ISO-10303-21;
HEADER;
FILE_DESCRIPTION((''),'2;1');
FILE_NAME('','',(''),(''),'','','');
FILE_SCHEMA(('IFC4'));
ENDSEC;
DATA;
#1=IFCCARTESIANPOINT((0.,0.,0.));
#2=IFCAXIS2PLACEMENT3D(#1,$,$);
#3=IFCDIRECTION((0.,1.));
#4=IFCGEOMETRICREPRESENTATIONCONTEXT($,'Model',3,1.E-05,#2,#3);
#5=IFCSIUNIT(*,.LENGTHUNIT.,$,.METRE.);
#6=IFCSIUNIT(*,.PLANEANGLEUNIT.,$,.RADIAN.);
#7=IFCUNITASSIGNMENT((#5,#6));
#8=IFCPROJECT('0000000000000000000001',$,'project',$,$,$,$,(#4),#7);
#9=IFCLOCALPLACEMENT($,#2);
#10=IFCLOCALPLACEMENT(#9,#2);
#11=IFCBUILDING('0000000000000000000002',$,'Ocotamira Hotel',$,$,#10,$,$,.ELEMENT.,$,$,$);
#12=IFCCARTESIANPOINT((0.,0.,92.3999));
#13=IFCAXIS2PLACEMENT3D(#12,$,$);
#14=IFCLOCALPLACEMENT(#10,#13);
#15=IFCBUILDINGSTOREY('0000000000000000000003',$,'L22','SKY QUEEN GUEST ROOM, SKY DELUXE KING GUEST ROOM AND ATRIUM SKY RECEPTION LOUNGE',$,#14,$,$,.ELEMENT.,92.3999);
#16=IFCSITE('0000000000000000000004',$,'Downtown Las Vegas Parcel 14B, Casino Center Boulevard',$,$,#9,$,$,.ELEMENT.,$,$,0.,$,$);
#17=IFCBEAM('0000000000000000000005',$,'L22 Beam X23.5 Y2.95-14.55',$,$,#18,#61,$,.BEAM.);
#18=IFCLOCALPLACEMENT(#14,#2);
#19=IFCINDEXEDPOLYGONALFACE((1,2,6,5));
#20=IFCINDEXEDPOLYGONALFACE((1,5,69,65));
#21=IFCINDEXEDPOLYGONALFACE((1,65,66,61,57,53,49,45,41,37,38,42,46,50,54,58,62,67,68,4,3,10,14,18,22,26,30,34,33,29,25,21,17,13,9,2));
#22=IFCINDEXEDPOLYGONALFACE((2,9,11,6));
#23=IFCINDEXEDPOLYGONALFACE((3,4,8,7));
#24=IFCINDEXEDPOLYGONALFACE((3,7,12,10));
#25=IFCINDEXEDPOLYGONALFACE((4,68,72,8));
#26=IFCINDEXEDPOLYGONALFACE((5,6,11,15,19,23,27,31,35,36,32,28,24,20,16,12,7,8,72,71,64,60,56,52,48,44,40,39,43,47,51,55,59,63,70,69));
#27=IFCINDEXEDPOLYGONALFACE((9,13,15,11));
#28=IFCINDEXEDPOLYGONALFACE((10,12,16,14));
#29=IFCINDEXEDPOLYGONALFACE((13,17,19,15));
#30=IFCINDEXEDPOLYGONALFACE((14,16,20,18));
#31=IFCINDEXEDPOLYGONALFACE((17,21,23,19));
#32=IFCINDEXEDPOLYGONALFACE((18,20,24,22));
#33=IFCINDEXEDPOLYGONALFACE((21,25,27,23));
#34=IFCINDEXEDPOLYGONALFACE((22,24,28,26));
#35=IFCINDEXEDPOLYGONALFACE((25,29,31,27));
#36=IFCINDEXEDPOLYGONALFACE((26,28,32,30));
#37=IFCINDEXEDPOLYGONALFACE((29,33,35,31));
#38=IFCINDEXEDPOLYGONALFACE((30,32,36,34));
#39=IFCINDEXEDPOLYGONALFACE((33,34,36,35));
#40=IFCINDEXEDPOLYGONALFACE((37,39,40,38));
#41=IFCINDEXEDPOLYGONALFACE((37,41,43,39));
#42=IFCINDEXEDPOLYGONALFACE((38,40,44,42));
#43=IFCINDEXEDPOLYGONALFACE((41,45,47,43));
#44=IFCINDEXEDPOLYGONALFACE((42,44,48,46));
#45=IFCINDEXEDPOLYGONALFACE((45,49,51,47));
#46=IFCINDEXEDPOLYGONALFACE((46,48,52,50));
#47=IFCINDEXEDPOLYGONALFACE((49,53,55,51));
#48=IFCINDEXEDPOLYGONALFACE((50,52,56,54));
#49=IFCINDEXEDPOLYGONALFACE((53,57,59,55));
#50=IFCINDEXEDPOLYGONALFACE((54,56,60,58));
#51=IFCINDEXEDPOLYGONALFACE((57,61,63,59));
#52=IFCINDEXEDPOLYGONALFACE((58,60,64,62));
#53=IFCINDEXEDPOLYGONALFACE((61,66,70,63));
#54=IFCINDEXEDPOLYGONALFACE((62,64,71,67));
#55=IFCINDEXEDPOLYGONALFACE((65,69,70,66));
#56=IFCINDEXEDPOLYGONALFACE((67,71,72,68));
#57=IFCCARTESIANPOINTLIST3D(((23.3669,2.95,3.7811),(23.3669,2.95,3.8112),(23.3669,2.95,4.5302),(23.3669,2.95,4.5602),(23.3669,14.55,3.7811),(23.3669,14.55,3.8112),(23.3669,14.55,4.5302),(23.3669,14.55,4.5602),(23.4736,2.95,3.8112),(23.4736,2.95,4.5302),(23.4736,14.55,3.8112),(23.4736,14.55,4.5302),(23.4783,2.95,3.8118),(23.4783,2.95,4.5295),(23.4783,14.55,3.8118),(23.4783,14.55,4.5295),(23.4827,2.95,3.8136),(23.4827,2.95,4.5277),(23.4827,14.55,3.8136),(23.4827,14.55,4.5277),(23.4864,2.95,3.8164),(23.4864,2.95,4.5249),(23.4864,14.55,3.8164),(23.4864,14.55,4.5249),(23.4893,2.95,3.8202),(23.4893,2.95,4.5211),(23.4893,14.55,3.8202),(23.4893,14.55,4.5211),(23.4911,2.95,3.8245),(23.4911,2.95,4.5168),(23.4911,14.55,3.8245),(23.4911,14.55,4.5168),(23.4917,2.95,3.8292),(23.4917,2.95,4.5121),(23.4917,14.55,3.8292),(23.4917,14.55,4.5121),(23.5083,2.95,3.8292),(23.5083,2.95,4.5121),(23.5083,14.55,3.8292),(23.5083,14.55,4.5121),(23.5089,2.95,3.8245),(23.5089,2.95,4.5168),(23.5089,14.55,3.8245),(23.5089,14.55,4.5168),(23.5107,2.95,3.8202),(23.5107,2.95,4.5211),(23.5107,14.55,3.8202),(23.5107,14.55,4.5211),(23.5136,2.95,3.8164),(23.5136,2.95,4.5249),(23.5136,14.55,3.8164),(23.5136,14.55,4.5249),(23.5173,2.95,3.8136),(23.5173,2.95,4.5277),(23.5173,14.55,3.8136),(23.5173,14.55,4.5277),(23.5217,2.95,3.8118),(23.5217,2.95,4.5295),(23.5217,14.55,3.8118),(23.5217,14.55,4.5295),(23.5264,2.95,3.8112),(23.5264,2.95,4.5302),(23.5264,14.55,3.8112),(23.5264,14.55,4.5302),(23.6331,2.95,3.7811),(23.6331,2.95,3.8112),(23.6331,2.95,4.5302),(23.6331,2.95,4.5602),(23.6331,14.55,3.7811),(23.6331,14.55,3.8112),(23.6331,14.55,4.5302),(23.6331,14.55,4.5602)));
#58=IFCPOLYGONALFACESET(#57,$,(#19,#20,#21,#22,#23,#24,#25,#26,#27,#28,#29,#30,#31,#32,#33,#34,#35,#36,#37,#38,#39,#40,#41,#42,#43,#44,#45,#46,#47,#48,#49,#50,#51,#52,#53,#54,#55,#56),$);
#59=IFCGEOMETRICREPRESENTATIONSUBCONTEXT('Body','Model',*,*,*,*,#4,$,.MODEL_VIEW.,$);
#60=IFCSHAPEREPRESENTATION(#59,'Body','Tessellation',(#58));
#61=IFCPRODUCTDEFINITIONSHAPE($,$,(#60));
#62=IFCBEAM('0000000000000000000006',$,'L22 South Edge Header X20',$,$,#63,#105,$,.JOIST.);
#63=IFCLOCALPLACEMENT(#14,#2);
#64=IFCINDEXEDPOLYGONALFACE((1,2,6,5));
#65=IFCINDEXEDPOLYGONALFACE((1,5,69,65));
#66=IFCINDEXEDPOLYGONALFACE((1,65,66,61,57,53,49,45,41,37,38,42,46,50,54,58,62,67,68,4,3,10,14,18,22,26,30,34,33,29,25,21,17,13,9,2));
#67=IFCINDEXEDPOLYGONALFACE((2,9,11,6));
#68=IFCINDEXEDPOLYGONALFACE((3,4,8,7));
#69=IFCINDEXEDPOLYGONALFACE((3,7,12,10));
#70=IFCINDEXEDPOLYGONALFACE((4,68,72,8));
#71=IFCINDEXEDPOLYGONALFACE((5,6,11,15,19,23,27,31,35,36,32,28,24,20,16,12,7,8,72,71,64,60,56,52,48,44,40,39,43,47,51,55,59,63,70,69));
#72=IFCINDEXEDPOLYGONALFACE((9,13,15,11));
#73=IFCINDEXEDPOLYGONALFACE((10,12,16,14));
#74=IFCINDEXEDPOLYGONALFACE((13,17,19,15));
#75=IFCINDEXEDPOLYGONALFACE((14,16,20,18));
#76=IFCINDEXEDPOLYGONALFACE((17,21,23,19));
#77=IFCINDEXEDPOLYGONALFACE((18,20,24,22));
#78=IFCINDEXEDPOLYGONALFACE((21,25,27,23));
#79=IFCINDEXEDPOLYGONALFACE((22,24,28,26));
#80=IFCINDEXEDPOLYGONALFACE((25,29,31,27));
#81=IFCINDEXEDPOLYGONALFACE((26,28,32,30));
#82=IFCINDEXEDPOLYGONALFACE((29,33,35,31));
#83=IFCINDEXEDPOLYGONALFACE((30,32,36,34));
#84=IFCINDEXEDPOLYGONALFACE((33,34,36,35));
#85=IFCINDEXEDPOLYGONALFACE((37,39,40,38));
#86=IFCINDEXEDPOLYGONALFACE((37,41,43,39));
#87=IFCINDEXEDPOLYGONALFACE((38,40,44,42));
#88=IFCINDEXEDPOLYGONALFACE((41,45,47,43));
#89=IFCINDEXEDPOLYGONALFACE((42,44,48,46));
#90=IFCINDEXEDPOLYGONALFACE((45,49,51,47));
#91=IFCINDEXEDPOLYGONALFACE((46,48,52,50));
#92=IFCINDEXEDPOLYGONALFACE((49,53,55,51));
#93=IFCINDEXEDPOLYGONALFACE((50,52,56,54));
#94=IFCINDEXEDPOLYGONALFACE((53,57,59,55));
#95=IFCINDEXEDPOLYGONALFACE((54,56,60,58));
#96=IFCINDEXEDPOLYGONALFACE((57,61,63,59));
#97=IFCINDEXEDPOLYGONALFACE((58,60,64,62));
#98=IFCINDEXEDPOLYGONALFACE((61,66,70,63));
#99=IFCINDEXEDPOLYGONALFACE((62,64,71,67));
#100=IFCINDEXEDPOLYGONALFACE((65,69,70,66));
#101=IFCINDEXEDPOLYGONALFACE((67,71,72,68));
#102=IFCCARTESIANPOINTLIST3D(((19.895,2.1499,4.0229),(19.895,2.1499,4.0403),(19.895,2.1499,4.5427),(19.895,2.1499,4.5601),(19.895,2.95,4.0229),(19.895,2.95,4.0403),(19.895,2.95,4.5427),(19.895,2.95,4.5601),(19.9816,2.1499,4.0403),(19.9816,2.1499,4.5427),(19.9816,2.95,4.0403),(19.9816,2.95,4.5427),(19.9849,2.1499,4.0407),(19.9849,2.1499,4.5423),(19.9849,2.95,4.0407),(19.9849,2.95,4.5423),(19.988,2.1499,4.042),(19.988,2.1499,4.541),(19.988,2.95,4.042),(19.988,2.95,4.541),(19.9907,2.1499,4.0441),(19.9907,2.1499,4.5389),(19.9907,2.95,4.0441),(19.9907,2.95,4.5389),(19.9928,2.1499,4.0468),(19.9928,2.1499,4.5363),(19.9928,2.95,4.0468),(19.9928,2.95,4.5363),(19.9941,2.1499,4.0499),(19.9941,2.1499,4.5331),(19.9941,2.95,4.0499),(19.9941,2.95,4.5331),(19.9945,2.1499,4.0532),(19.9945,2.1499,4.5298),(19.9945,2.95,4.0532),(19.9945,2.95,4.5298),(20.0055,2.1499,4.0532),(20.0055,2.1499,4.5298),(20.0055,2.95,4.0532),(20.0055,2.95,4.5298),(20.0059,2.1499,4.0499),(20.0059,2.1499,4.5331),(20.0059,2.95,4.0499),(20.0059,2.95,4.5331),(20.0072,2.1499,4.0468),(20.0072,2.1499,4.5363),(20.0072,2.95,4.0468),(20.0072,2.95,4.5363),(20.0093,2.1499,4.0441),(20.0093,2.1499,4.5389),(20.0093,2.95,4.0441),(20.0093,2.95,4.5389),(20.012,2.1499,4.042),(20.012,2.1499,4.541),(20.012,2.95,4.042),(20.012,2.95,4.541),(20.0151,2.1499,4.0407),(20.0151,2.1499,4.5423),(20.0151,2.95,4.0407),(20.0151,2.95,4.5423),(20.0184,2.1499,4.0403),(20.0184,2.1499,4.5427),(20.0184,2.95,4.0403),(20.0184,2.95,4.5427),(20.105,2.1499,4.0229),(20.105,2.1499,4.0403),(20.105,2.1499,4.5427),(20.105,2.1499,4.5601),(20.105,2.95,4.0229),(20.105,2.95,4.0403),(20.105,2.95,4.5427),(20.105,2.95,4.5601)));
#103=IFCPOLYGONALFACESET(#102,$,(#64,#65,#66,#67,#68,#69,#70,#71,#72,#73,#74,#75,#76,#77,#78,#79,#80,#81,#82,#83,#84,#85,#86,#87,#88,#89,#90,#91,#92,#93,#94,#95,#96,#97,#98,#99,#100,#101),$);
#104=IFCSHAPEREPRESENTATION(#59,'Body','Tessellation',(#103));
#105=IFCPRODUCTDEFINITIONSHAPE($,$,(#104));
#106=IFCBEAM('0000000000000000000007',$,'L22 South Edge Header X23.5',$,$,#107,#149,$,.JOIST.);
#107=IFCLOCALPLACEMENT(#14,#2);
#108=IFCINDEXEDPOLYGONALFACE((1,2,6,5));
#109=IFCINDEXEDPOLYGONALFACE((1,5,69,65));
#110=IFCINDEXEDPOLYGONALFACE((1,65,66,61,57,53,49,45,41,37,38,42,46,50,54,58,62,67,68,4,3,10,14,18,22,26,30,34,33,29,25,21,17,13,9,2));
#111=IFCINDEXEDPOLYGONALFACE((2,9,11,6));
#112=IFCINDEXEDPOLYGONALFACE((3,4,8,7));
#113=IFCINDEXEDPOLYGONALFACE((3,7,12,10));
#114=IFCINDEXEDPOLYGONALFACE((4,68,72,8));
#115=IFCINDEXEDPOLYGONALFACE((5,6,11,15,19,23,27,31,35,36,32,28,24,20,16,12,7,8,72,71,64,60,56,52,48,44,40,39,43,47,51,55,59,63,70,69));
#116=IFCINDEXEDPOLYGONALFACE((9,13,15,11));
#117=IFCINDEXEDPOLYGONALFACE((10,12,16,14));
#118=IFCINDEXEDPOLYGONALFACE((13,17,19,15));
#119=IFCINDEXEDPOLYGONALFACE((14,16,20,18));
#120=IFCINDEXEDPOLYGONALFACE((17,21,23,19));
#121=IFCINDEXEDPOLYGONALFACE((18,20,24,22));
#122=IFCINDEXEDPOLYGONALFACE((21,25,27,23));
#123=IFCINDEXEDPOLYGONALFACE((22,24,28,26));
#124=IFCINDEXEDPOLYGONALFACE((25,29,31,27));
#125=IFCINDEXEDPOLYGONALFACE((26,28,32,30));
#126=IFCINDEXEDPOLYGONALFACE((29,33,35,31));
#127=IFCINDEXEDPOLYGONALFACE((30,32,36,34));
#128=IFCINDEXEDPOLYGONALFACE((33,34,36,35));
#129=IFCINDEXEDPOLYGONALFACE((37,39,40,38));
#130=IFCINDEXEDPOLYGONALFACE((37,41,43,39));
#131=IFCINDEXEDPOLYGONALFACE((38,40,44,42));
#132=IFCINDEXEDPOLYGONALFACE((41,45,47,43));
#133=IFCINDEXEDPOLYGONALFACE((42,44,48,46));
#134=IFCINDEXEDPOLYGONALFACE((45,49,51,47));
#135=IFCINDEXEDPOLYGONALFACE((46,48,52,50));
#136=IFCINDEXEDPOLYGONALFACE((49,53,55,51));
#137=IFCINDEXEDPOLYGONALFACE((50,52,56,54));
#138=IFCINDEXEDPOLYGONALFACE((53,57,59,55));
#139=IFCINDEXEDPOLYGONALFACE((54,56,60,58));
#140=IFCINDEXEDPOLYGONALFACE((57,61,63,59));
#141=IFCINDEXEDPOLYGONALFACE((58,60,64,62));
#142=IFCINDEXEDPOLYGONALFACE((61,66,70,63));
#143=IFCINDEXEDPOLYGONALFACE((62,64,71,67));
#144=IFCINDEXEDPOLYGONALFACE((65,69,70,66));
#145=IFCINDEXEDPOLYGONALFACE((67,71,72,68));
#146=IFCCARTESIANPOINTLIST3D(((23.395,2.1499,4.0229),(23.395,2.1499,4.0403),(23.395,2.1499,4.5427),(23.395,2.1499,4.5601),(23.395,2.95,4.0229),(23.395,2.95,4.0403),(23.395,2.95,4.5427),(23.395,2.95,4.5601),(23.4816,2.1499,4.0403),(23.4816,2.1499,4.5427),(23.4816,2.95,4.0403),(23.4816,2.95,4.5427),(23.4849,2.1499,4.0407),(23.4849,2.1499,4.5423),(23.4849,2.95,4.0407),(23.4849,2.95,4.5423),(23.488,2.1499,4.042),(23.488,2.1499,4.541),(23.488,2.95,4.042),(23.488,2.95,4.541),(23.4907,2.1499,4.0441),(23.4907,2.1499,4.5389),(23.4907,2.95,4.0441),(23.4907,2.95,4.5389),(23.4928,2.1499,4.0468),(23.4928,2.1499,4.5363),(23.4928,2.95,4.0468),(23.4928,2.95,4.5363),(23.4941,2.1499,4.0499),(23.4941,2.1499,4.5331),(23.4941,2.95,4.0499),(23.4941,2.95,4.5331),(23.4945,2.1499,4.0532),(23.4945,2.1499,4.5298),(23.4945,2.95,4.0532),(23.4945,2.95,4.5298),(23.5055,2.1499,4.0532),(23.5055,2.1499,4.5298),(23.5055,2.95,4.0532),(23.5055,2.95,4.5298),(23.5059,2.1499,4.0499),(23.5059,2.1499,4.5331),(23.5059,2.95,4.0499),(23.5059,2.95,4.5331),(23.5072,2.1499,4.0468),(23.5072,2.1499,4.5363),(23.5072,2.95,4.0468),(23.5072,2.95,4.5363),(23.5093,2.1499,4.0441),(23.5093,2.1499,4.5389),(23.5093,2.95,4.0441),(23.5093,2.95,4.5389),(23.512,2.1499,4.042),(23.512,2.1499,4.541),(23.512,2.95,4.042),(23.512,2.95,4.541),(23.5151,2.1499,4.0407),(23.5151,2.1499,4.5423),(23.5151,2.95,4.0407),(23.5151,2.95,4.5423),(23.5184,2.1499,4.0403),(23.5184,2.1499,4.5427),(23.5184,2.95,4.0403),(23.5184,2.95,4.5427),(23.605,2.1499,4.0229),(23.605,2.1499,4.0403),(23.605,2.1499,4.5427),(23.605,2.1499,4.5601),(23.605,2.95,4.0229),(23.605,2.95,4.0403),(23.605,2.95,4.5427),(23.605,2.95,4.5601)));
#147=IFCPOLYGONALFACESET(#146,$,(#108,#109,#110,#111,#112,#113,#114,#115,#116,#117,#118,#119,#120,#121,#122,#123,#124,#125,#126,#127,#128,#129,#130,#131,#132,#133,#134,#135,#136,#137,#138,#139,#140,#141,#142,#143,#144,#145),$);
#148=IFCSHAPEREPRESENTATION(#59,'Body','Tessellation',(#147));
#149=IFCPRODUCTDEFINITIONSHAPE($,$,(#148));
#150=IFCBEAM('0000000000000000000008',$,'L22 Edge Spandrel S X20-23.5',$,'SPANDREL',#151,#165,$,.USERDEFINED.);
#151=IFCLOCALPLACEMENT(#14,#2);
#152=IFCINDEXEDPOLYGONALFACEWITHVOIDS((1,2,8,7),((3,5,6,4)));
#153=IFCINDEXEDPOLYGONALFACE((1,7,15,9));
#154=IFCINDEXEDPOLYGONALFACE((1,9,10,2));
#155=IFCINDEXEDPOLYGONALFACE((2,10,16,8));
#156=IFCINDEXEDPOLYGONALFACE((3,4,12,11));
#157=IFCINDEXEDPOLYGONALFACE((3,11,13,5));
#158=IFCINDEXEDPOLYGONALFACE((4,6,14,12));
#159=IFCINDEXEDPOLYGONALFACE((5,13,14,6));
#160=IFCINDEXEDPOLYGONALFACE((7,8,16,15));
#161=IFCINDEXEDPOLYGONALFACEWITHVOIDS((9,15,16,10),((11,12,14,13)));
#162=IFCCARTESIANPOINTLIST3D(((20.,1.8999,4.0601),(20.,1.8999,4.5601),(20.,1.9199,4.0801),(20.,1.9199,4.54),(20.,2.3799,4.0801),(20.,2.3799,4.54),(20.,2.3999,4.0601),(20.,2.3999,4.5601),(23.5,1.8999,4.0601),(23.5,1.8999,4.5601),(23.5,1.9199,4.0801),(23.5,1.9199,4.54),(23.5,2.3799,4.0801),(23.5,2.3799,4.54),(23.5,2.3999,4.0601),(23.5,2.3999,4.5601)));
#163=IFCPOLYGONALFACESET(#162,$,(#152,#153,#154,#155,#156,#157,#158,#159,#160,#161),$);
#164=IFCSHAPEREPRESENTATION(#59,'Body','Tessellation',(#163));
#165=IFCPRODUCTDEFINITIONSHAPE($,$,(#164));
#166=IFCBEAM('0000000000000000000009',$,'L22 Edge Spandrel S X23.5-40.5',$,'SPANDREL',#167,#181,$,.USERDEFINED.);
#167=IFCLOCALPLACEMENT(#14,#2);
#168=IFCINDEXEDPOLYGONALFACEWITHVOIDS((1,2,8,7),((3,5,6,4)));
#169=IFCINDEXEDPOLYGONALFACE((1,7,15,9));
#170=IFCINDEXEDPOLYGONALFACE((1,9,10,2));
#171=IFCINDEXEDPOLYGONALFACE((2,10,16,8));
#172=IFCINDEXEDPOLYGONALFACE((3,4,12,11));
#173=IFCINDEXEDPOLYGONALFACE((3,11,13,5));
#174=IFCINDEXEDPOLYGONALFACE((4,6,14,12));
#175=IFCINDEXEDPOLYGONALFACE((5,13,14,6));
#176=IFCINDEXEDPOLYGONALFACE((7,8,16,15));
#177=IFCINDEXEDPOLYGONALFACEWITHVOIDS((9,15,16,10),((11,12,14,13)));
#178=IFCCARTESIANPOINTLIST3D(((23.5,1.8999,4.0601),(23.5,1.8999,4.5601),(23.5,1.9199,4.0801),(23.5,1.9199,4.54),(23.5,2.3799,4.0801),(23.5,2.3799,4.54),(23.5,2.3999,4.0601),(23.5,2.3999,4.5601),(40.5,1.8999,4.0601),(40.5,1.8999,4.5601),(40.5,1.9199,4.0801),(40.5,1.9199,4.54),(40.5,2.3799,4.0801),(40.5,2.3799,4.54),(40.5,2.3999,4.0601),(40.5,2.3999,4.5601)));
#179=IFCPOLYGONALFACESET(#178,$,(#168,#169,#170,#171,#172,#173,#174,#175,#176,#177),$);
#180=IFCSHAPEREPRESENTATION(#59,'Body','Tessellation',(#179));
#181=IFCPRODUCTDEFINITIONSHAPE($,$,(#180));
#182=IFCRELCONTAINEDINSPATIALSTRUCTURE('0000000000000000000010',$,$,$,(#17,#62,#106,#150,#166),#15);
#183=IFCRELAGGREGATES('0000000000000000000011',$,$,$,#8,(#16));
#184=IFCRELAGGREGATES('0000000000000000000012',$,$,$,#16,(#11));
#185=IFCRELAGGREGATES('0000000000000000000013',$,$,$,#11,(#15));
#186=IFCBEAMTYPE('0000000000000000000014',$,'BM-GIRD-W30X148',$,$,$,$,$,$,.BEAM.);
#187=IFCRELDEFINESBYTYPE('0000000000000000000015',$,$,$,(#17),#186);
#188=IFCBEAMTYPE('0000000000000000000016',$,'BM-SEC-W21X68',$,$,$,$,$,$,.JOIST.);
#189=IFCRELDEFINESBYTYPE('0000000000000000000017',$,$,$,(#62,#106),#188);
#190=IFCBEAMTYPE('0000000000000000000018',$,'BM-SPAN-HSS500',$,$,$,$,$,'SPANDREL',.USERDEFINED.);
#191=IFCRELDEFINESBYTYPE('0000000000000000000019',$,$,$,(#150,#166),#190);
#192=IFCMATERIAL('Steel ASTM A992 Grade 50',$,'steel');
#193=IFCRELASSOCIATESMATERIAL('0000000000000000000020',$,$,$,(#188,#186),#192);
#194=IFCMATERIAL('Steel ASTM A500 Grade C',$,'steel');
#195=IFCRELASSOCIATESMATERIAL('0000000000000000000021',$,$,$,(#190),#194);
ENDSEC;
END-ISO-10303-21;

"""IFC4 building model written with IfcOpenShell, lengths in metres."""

from ifc_helpers import new_model, si_unit, direction, frame, origin, origin_2d, place, context, subcontext, project, spatial, hollow_rectangle, i_section, extrude, source, transform, mapped, material, material_profile, profile_set, type_object, element, save


model = new_model("IFC4")

# Units and contexts
model_context = context("Model", 3, precision=1e-05, world=origin(), true_north=direction((0.0, 1.0)))
body_context = subcontext(model_context, "Body", "Model", "MODEL_VIEW")
ifc_project = project(units=[si_unit("LENGTHUNIT", "METRE"), si_unit("PLANEANGLEUNIT", "RADIAN")], contexts=[model_context])

# Site, building, storey
site_placement = place(None, origin())
site = spatial("IfcSite", under=ifc_project, at=site_placement, Name="Downtown Las Vegas Parcel 14B, Casino Center Boulevard", CompositionType="ELEMENT", RefElevation=0.0)
building_placement = place(site_placement, origin())
building = spatial("IfcBuilding", under=site, at=building_placement, Name="Ocotamira Hotel", CompositionType="ELEMENT")
storey_placement = place(building_placement, frame((0.0, 0.0, 92.3999)))
storey = spatial("IfcBuildingStorey", under=building, at=storey_placement, Name="L22", Description="SKY QUEEN GUEST ROOM, SKY DELUXE KING GUEST ROOM AND ATRIUM SKY RECEPTION LOUNGE", CompositionType="ELEMENT", Elevation=92.3999)

# Beams
ifc_material_1 = material(Name="Steel ASTM A992 Grade 50", Category="steel")
ifc_material_profile_1 = material_profile(ifc_material_1, i_section(OverallWidth=0.21, OverallDepth=0.5371, WebThickness=0.011, FlangeThickness=0.0173, FilletRadius=0.0129, at=origin_2d()), Name="W21X68")
ifc_profile_set_1 = profile_set([ifc_material_profile_1], Name="Steel ASTM A992 Grade 50")
beam_type_1 = type_object("IfcBeamType", Name="BM-SEC-W21X68", PredefinedType="JOIST", material=ifc_profile_set_1)
ifc_material_profile_2 = material_profile(ifc_material_1, i_section(OverallWidth=0.2661, OverallDepth=0.7791, WebThickness=0.0166, FlangeThickness=0.03, FilletRadius=0.0181, at=origin_2d()), Name="W30X148")
ifc_profile_set_2 = profile_set([ifc_material_profile_2], Name="Steel ASTM A992 Grade 50")
beam_type_2 = type_object("IfcBeamType", Name="BM-GIRD-W30X148", PredefinedType="BEAM", material=ifc_profile_set_2)
shared_shape_1 = source(origin(), body_context, "Body", "SweptSolid", [
    extrude(i_section(OverallWidth=0.2661, OverallDepth=0.7791, WebThickness=0.0166, FlangeThickness=0.03, FilletRadius=0.0181, at=origin_2d()), origin(), (0.0, 0.0, 1.0), 11.6001),
])
beam_1_placement = place(storey_placement, frame((23.5, 2.95, 4.1707), z_axis=(0.0, 1.0, 0.0), x_axis=(-1.0, 0.0, 0.0)))
element("IfcBeam", 1, at=beam_1_placement, inside=storey, type_object=beam_type_2, Name="L22 Beam X23.5 Y2.95-14.55", PredefinedType="BEAM", context=body_context, shape_type="MappedRepresentation", body=[
    mapped(shared_shape_1, transform((0.0, 0.0, 0.0), scale=1.0)),
])
shared_shape_2 = source(origin(), body_context, "Body", "SweptSolid", [
    extrude(i_section(OverallWidth=0.21, OverallDepth=0.5371, WebThickness=0.011, FlangeThickness=0.0173, FilletRadius=0.0129, at=origin_2d()), origin(), (0.0, 0.0, 1.0), 0.8),
])
for number, where, z_axis, x_axis, name in (
    (2, (20.0, 2.95, 4.2915), (0.0, -1.0, 0.0), (1.0, 0.0, 0.0), "L22 South Edge Header X20"),
    (3, (23.5, 2.95, 4.2915), (0.0, -1.0, 0.0), (1.0, 0.0, 0.0), "L22 South Edge Header X23.5"),
):
    element("IfcBeam", number, at=place(storey_placement, frame(where, z_axis=z_axis, x_axis=x_axis)), inside=storey, type_object=beam_type_1, Name=name, PredefinedType="JOIST", context=body_context, shape_type="MappedRepresentation", body=[
        mapped(shared_shape_2, transform((0.0, 0.0, 0.0), scale=1.0)),
    ])
ifc_material_2 = material(Name="Steel ASTM A500 Grade C", Category="steel")
ifc_material_profile_3 = material_profile(ifc_material_2, hollow_rectangle(XDim=0.5, YDim=0.5, WallThickness=0.02, at=origin_2d()), Name="HSS500X500X20")
ifc_profile_set_3 = profile_set([ifc_material_profile_3], Name="Steel ASTM A500 Grade C")
beam_type_3 = type_object("IfcBeamType", Name="BM-SPAN-HSS500", ElementType="SPANDREL", PredefinedType="USERDEFINED", material=ifc_profile_set_3)
shared_shape_3 = source(origin(), body_context, "Body", "SweptSolid", [
    extrude(hollow_rectangle(XDim=0.5, YDim=0.5, WallThickness=0.02, at=origin_2d()), origin(), (0.0, 0.0, 1.0), 3.5),
])
beam_2_placement = place(storey_placement, frame((20.0, 2.1499, 4.3101), z_axis=(1.0, 0.0, 0.0), x_axis=(0.0, 1.0, 0.0)))
element("IfcBeam", 4, at=beam_2_placement, inside=storey, type_object=beam_type_3, Name="L22 Edge Spandrel S X20-23.5", ObjectType="SPANDREL", PredefinedType="USERDEFINED", context=body_context, shape_type="MappedRepresentation", body=[
    mapped(shared_shape_3, transform((0.0, 0.0, 0.0), scale=1.0)),
])
shared_shape_4 = source(origin(), body_context, "Body", "SweptSolid", [
    extrude(hollow_rectangle(XDim=0.5, YDim=0.5, WallThickness=0.02, at=origin_2d()), origin(), (0.0, 0.0, 1.0), 17.0),
])
beam_3_placement = place(storey_placement, frame((23.5, 2.1499, 4.3101), z_axis=(1.0, 0.0, 0.0), x_axis=(0.0, 1.0, 0.0)))
element("IfcBeam", 5, at=beam_3_placement, inside=storey, type_object=beam_type_3, Name="L22 Edge Spandrel S X23.5-40.5", ObjectType="SPANDREL", PredefinedType="USERDEFINED", context=body_context, shape_type="MappedRepresentation", body=[
    mapped(shared_shape_4, transform((0.0, 0.0, 0.0), scale=1.0)),
])

save(model, "model.ifc")
